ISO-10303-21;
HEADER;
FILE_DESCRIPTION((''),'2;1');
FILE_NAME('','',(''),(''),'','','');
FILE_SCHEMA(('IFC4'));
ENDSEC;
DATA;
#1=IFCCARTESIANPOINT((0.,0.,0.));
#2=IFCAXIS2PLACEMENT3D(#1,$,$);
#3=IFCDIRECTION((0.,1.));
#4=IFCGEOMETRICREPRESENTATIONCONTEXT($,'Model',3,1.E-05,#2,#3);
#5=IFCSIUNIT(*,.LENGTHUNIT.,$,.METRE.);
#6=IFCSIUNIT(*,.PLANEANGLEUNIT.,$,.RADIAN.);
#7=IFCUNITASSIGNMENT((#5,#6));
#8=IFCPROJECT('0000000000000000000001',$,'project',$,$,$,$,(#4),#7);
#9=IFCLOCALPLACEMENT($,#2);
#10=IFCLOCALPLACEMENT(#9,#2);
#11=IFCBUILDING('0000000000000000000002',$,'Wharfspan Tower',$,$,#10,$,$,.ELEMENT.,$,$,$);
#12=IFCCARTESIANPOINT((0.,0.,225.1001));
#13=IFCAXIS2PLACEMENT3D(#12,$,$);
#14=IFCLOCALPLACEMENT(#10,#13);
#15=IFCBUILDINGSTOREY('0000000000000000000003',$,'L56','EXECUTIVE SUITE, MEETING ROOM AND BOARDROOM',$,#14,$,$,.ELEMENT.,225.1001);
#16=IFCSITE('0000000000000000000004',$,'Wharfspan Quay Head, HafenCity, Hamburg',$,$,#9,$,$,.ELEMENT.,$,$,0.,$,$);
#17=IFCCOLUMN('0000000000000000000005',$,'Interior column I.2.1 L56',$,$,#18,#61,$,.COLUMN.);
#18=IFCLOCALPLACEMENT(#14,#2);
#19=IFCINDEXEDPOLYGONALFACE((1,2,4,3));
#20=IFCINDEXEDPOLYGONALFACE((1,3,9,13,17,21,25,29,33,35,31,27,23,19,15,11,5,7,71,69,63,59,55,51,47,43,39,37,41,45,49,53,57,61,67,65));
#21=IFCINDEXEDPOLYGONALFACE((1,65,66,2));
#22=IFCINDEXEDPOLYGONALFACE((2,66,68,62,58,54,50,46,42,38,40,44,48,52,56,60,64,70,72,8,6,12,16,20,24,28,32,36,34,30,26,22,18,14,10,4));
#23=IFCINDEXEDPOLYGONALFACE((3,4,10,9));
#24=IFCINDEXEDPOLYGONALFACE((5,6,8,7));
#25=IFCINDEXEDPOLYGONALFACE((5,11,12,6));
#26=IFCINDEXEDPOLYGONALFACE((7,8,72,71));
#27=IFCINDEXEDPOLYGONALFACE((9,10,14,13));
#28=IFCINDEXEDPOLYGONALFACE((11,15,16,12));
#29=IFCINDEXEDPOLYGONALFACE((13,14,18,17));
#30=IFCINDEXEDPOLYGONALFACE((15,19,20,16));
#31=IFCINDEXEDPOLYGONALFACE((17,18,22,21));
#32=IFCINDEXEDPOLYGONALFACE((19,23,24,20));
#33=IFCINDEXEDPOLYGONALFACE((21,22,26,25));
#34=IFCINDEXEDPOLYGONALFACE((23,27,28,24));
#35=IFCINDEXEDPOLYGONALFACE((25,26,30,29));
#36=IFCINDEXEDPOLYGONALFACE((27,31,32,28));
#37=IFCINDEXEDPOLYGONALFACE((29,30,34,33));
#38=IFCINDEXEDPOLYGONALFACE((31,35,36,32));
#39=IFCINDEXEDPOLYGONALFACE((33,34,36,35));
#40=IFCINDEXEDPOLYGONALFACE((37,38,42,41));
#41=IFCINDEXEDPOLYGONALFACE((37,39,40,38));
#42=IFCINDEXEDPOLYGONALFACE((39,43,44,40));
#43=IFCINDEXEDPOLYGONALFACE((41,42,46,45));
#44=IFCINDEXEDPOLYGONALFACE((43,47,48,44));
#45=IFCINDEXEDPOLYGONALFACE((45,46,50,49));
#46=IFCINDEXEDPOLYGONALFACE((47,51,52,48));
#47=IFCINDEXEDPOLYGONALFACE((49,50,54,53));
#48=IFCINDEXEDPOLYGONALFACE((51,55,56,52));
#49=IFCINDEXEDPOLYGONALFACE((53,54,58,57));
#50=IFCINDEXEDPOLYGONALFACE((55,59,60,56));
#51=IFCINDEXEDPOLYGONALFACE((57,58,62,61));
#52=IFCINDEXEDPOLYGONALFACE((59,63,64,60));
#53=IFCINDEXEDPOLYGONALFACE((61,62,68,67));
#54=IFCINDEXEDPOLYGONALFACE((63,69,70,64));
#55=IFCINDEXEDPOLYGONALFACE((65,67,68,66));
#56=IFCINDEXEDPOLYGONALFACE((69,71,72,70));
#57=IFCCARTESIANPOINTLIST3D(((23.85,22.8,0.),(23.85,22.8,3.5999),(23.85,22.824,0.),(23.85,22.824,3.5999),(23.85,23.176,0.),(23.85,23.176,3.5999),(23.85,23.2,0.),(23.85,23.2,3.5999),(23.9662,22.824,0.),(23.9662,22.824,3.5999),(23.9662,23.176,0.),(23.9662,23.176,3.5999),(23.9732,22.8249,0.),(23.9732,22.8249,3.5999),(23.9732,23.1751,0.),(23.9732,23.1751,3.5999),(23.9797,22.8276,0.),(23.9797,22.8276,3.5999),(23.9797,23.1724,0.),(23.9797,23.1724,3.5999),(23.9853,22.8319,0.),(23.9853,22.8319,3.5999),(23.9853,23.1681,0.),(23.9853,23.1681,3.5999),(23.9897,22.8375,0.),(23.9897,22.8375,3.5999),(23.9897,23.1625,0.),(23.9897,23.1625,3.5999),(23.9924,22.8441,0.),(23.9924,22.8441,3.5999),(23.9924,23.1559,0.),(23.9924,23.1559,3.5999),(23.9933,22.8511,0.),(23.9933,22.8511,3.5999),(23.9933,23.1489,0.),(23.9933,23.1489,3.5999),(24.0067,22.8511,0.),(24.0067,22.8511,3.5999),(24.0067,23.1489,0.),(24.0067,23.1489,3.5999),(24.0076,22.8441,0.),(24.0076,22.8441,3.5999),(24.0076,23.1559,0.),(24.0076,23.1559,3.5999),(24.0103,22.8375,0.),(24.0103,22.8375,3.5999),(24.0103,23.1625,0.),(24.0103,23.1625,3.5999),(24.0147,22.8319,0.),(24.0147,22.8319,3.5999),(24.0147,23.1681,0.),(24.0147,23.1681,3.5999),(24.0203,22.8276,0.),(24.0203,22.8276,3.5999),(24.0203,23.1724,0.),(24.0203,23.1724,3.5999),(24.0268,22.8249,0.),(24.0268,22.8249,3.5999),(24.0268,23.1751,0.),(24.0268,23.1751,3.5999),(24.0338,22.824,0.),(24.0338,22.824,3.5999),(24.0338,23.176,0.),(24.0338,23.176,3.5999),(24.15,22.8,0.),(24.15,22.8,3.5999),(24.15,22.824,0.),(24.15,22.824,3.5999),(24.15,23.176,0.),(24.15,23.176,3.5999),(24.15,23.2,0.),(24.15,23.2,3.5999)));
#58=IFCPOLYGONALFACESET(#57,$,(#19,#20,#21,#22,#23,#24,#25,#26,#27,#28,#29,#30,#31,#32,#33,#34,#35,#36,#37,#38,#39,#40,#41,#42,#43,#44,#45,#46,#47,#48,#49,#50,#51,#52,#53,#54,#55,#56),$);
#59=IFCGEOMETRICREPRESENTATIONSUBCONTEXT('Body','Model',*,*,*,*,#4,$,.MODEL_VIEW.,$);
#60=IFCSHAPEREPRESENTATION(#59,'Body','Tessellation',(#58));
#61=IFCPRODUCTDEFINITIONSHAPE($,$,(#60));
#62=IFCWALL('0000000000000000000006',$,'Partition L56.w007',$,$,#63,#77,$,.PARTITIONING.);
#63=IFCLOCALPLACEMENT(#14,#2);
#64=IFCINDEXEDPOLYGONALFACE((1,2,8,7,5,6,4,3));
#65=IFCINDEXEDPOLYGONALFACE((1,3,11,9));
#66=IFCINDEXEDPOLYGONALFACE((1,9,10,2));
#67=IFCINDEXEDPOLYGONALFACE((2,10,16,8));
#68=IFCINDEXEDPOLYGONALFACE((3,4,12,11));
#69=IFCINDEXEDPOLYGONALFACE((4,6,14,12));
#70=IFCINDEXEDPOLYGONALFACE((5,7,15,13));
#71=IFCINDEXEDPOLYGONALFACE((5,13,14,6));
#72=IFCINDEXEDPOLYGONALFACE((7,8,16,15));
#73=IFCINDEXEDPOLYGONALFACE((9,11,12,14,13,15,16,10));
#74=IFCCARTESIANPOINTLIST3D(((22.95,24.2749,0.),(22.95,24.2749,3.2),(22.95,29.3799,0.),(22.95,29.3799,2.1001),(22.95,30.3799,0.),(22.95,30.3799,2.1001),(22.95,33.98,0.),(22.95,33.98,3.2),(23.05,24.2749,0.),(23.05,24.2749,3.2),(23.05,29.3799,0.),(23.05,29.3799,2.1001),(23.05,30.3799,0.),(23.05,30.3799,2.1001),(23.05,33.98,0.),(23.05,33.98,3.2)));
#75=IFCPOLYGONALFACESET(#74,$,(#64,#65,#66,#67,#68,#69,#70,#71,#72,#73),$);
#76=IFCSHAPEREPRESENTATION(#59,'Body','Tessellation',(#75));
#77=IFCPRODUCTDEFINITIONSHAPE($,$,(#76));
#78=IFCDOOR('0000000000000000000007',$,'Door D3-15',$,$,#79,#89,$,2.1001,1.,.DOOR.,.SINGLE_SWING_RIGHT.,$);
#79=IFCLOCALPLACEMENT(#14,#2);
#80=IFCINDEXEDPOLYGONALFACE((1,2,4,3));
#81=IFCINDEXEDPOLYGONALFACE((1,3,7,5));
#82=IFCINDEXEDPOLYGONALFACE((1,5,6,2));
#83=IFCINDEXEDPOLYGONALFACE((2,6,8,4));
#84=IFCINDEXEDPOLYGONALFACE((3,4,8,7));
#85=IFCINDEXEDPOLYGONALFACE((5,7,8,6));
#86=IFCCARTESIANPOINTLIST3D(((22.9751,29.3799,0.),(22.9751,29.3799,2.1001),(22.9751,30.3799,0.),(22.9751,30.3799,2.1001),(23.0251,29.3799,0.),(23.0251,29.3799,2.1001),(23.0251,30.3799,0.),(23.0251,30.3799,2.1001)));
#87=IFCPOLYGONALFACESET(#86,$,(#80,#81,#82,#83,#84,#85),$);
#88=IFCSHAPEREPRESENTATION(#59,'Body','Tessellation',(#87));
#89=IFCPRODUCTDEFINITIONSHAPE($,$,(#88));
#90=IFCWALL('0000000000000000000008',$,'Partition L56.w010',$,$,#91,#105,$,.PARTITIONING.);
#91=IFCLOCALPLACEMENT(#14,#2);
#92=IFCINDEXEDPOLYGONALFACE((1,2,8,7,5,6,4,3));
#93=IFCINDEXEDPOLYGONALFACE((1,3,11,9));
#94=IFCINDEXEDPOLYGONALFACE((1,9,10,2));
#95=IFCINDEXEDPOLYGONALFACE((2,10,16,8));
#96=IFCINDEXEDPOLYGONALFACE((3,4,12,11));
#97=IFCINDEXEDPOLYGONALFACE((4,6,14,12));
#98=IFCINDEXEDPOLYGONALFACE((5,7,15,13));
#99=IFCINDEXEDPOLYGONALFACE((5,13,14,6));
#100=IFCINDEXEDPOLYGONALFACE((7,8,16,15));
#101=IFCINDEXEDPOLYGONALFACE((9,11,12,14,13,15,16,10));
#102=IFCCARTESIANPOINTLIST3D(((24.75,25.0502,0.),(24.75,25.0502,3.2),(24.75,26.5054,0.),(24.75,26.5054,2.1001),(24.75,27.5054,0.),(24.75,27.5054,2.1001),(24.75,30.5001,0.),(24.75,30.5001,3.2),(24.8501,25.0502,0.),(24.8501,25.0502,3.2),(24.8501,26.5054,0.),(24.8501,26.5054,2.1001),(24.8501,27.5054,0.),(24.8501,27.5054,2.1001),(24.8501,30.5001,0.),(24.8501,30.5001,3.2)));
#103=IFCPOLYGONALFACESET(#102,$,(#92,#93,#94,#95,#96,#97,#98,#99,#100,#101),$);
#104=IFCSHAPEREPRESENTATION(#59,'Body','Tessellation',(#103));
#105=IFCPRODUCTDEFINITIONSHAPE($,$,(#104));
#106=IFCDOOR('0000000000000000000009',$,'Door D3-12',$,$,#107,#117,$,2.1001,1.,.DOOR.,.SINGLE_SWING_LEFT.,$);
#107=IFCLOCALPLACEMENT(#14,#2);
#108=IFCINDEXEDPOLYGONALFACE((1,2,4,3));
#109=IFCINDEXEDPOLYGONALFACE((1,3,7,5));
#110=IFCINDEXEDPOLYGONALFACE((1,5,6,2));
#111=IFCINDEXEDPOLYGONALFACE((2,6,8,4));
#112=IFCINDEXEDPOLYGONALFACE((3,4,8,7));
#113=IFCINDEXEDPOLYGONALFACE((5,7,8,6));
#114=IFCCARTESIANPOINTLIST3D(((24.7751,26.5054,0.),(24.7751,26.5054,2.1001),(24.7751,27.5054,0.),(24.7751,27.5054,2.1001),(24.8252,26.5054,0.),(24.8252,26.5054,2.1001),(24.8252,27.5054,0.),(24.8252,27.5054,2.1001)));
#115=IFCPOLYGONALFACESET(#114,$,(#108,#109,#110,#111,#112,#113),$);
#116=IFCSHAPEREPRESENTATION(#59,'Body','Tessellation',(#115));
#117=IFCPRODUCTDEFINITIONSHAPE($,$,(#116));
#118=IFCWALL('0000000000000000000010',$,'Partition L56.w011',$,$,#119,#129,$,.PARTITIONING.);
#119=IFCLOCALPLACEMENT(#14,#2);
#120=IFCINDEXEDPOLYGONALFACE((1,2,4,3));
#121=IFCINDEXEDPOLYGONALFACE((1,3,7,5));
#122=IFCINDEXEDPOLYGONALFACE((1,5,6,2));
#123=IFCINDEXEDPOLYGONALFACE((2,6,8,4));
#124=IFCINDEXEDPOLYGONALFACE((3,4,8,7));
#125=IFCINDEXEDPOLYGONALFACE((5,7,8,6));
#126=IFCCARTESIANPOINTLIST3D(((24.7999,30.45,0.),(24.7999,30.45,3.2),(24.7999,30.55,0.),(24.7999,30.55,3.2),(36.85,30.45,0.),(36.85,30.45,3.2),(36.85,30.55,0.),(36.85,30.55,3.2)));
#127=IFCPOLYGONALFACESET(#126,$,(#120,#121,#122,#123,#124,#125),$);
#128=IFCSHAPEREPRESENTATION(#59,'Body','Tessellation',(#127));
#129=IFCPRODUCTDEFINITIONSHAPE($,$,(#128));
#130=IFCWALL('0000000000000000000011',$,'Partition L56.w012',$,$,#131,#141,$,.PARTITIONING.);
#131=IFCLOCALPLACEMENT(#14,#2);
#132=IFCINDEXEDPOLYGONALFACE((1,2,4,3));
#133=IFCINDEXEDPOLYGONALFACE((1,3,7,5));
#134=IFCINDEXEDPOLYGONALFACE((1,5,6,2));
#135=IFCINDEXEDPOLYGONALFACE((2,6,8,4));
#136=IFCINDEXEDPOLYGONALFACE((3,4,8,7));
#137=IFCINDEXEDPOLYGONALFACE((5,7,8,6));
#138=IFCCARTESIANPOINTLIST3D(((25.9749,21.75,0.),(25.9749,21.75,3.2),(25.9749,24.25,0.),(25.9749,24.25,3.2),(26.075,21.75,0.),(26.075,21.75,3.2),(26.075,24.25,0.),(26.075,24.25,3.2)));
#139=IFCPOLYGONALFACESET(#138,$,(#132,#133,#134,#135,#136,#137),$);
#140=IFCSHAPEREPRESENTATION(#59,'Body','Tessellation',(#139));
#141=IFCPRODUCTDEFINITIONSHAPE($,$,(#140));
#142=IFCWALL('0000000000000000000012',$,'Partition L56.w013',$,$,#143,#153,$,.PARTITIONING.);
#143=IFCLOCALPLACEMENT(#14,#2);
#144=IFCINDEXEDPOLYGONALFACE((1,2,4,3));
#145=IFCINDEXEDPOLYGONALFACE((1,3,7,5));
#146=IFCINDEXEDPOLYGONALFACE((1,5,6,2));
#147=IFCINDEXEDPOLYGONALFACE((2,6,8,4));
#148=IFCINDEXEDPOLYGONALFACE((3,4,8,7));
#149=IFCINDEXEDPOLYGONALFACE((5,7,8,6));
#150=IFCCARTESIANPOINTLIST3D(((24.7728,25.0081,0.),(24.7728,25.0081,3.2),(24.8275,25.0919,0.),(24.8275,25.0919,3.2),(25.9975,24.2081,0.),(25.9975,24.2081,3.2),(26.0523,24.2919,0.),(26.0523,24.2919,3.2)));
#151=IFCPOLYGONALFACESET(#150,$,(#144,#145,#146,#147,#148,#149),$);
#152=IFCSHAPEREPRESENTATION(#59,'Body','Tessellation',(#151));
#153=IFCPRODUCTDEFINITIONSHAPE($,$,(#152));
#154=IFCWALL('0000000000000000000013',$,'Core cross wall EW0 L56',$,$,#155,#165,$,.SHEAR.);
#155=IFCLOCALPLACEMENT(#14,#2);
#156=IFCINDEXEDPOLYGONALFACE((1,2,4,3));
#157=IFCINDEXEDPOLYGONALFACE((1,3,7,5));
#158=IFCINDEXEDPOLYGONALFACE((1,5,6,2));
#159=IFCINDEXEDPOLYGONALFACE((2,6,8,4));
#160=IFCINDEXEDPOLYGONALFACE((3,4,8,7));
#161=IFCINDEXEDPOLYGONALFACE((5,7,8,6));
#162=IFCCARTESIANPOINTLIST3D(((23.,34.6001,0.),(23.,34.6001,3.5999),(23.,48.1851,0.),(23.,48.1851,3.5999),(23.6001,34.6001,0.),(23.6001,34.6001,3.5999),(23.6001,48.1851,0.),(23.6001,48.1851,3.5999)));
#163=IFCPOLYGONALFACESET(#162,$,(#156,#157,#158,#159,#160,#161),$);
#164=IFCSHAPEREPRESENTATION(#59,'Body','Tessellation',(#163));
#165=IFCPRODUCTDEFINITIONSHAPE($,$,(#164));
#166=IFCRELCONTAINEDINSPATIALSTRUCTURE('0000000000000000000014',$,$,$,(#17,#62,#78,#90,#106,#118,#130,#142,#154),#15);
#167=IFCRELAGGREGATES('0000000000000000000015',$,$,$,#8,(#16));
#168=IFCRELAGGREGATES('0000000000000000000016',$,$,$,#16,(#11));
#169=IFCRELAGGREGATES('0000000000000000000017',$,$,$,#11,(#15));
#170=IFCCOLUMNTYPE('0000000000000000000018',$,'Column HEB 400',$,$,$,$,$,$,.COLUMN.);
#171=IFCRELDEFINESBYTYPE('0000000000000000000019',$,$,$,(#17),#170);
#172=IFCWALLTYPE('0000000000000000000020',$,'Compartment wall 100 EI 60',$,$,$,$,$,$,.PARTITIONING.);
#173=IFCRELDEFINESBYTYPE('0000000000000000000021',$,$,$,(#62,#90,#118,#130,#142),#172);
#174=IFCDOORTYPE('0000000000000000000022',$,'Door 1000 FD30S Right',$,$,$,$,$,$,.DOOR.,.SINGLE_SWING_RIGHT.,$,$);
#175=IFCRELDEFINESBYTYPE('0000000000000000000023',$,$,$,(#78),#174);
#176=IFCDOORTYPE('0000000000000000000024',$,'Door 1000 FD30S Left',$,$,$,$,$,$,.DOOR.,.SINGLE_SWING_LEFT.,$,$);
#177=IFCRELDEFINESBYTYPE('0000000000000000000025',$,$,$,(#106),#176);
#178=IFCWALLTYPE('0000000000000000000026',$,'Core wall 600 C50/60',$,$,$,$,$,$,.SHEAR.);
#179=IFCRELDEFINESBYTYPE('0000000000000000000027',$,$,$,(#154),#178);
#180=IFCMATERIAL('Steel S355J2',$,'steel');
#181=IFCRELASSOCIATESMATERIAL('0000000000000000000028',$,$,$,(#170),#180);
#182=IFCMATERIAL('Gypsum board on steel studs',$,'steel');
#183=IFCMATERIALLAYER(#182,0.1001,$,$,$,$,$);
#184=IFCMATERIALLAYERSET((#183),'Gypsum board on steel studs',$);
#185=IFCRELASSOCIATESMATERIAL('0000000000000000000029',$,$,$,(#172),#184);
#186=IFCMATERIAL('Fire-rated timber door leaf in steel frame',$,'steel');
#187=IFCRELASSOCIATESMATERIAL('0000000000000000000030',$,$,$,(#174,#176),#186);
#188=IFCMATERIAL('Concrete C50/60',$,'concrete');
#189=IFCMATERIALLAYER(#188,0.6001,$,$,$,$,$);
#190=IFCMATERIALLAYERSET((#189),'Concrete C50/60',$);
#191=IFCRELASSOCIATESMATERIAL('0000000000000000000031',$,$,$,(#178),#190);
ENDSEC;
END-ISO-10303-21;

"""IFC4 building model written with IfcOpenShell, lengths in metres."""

from ifc_helpers import new_model, si_unit, direction, frame, frame_2d, origin, origin_2d, place, context, subcontext, project, spatial, rectangle, i_section, extrude, material, layer, layer_set, material_profile, profile_set, type_object, element, fill, save


model = new_model("IFC4")

# Units and contexts
model_context = context("Model", 3, precision=1e-05, world=origin(), true_north=direction((0.0, 1.0)))
body_context = subcontext(model_context, "Body", "Model", "MODEL_VIEW")
ifc_project = project(units=[si_unit("LENGTHUNIT", "METRE"), si_unit("PLANEANGLEUNIT", "RADIAN")], contexts=[model_context])

# Site, building, storey
site_placement = place(None, origin())
site = spatial("IfcSite", under=ifc_project, at=site_placement, Name="Wharfspan Quay Head, HafenCity, Hamburg", CompositionType="ELEMENT", RefElevation=0.0)
building_placement = place(site_placement, origin())
building = spatial("IfcBuilding", under=site, at=building_placement, Name="Wharfspan Tower", CompositionType="ELEMENT")
storey_placement = place(building_placement, frame((0.0, 0.0, 225.1001)))
storey = spatial("IfcBuildingStorey", under=building, at=storey_placement, Name="L56", Description="EXECUTIVE SUITE, MEETING ROOM AND BOARDROOM", CompositionType="ELEMENT", Elevation=225.1001)

# Column
ifc_material_1 = material(Name="Steel S355J2", Category="steel")
ifc_material_profile = material_profile(ifc_material_1, i_section(OverallWidth=0.3, OverallDepth=0.3999, WebThickness=0.0134, FlangeThickness=0.0239, FilletRadius=0.0271, at=origin_2d()))
ifc_profile_set = profile_set([ifc_material_profile], Name="Steel S355J2")
column_type = type_object("IfcColumnType", Name="Column HEB 400", PredefinedType="COLUMN", material=ifc_profile_set)
column_placement = place(storey_placement, frame((24.0, 23.0, 0.0), z_axis=(0.0, 0.0, 1.0), x_axis=(1.0, 0.0, 0.0)))
element("IfcColumn", 1, at=column_placement, inside=storey, type_object=column_type, Name="Interior column I.2.1 L56", PredefinedType="COLUMN", context=body_context, shape_type="SweptSolid", body=[
    extrude(i_section(OverallWidth=0.3, OverallDepth=0.3999, WebThickness=0.0134, FlangeThickness=0.0239, FilletRadius=0.0271, at=origin_2d()), origin(), (0.0, 0.0, 1.0), 3.5999),
])

# Walls, openings, doors
ifc_material_2 = material(Name="Gypsum board on steel studs", Category="steel")
ifc_layer_1 = layer(ifc_material_2, 0.1001)
ifc_layer_set_1 = layer_set([ifc_layer_1], Name="Gypsum board on steel studs")
wall_type_1 = type_object("IfcWallType", Name="Compartment wall 100 EI 60", PredefinedType="PARTITIONING", material=ifc_layer_set_1)
wall_1_placement = place(storey_placement, frame((23.0, 24.2749, 0.0), z_axis=(0.0, 0.0, 1.0), x_axis=(0.0, 1.0, 0.0)))
wall_1 = element("IfcWall", 2, at=wall_1_placement, inside=storey, type_object=wall_type_1, Name="Partition L56.w007", PredefinedType="PARTITIONING", context=body_context, shape_type="SweptSolid", body=[
    extrude(rectangle(XDim=9.7051, YDim=0.1001, at=frame_2d((4.8525, 0.0))), origin(), (0.0, 0.0, 1.0), 3.2),
])
opening_1_placement = place(wall_1_placement, frame((5.105, 0.0, 0.0)))
opening_1 = element("IfcOpeningElement", 3, at=opening_1_placement, cuts=wall_1, PredefinedType="OPENING", context=body_context, shape_type="SweptSolid", body=[
    extrude(rectangle(XDim=1.0, YDim=2.1001, at=frame_2d((0.5, 1.05))), frame((0.0, 0.0601, 0.0), z_axis=(0.0, -1.0, 0.0), x_axis=(1.0, 0.0, 0.0)), (0.0, 0.0, 1.0), 0.1201),
])
ifc_material_3 = material(Name="Fire-rated timber door leaf in steel frame", Category="steel")
door_type_1 = type_object("IfcDoorType", Name="Door 1000 FD30S Right", OperationType="SINGLE_SWING_RIGHT", PredefinedType="DOOR", material=ifc_material_3)
door_1_placement = place(opening_1_placement, origin())
door_1 = element("IfcDoor", 4, at=door_1_placement, inside=storey, type_object=door_type_1, Name="Door D3-15", OperationType="SINGLE_SWING_RIGHT", OverallHeight=2.1001, OverallWidth=1.0, PredefinedType="DOOR", context=body_context, shape_type="SweptSolid", body=[
    extrude(rectangle(XDim=1.0, YDim=2.1001, at=frame_2d((0.5, 1.05))), frame((0.0, 0.0249, 0.0), z_axis=(0.0, -1.0, 0.0), x_axis=(1.0, 0.0, 0.0)), (0.0, 0.0, 1.0), 0.05),
])
fill(opening_1, door_1)
wall_2_placement = place(storey_placement, frame((24.8, 25.05, 0.0), z_axis=(0.0, 0.0, 1.0), x_axis=(0.0, 1.0, 0.0)))
wall_2 = element("IfcWall", 5, at=wall_2_placement, inside=storey, type_object=wall_type_1, Name="Partition L56.w010", PredefinedType="PARTITIONING", context=body_context, shape_type="SweptSolid", body=[
    extrude(rectangle(XDim=5.45, YDim=0.1001, at=frame_2d((2.7251, 0.0))), origin(), (0.0, 0.0, 1.0), 3.2),
])
opening_2_placement = place(wall_2_placement, frame((1.4553, 0.0, 0.0)))
opening_2 = element("IfcOpeningElement", 6, at=opening_2_placement, cuts=wall_2, PredefinedType="OPENING", context=body_context, shape_type="SweptSolid", body=[
    extrude(rectangle(XDim=1.0, YDim=2.1001, at=frame_2d((0.5, 1.05))), frame((0.0, 0.0601, 0.0), z_axis=(0.0, -1.0, 0.0), x_axis=(1.0, 0.0, 0.0)), (0.0, 0.0, 1.0), 0.1201),
])
door_type_2 = type_object("IfcDoorType", Name="Door 1000 FD30S Left", OperationType="SINGLE_SWING_LEFT", PredefinedType="DOOR", material=ifc_material_3)
door_2_placement = place(opening_2_placement, origin())
door_2 = element("IfcDoor", 7, at=door_2_placement, inside=storey, type_object=door_type_2, Name="Door D3-12", OperationType="SINGLE_SWING_LEFT", OverallHeight=2.1001, OverallWidth=1.0, PredefinedType="DOOR", context=body_context, shape_type="SweptSolid", body=[
    extrude(rectangle(XDim=1.0, YDim=2.1001, at=frame_2d((0.5, 1.05))), frame((0.0, 0.0249, 0.0), z_axis=(0.0, -1.0, 0.0), x_axis=(1.0, 0.0, 0.0)), (0.0, 0.0, 1.0), 0.05),
])
fill(opening_2, door_2)

# Walls
wall_3_placement = place(storey_placement, frame((24.8, 30.5, 0.0), z_axis=(0.0, 0.0, 1.0), x_axis=(1.0, 0.0, 0.0)))
element("IfcWall", 8, at=wall_3_placement, inside=storey, type_object=wall_type_1, Name="Partition L56.w011", PredefinedType="PARTITIONING", context=body_context, shape_type="SweptSolid", body=[
    extrude(rectangle(XDim=12.05, YDim=0.1001, at=frame_2d((6.0249, 0.0))), origin(), (0.0, 0.0, 1.0), 3.2),
])
wall_4_placement = place(storey_placement, frame((26.0249, 21.75, 0.0), z_axis=(0.0, 0.0, 1.0), x_axis=(0.0, 1.0, 0.0)))
element("IfcWall", 9, at=wall_4_placement, inside=storey, type_object=wall_type_1, Name="Partition L56.w012", PredefinedType="PARTITIONING", context=body_context, shape_type="SweptSolid", body=[
    extrude(rectangle(XDim=2.5, YDim=0.1001, at=frame_2d((1.25, 0.0))), origin(), (0.0, 0.0, 1.0), 3.2),
])
wall_5_placement = place(storey_placement, frame((26.0249, 24.25, 0.0), z_axis=(0.0, 0.0, 1.0), x_axis=(-0.837222, 0.546856, 0.0)))
element("IfcWall", 10, at=wall_5_placement, inside=storey, type_object=wall_type_1, Name="Partition L56.w013", PredefinedType="PARTITIONING", context=body_context, shape_type="SweptSolid", body=[
    extrude(rectangle(XDim=1.4629, YDim=0.1001, at=frame_2d((0.7314, 0.0))), origin(), (0.0, 0.0, 1.0), 3.2),
])

# Shared definitions
ifc_material_4 = material(Name="Concrete C50/60", Category="concrete")
ifc_layer_2 = layer(ifc_material_4, 0.6001)
ifc_layer_set_2 = layer_set([ifc_layer_2], Name="Concrete C50/60")
wall_type_2 = type_object("IfcWallType", Name="Core wall 600 C50/60", PredefinedType="SHEAR", material=ifc_layer_set_2)

# Wall
wall_6_placement = place(storey_placement, frame((23.3, 34.6001, 0.0), z_axis=(0.0, 0.0, 1.0), x_axis=(0.0, 1.0, 0.0)))
element("IfcWall", 11, at=wall_6_placement, inside=storey, type_object=wall_type_2, Name="Core cross wall EW0 L56", PredefinedType="SHEAR", context=body_context, shape_type="SweptSolid", body=[
    extrude(rectangle(XDim=13.585, YDim=0.6001, at=frame_2d((6.7925, 0.0))), origin(), (0.0, 0.0, 1.0), 3.5999),
])

save(model, "model.ifc")
